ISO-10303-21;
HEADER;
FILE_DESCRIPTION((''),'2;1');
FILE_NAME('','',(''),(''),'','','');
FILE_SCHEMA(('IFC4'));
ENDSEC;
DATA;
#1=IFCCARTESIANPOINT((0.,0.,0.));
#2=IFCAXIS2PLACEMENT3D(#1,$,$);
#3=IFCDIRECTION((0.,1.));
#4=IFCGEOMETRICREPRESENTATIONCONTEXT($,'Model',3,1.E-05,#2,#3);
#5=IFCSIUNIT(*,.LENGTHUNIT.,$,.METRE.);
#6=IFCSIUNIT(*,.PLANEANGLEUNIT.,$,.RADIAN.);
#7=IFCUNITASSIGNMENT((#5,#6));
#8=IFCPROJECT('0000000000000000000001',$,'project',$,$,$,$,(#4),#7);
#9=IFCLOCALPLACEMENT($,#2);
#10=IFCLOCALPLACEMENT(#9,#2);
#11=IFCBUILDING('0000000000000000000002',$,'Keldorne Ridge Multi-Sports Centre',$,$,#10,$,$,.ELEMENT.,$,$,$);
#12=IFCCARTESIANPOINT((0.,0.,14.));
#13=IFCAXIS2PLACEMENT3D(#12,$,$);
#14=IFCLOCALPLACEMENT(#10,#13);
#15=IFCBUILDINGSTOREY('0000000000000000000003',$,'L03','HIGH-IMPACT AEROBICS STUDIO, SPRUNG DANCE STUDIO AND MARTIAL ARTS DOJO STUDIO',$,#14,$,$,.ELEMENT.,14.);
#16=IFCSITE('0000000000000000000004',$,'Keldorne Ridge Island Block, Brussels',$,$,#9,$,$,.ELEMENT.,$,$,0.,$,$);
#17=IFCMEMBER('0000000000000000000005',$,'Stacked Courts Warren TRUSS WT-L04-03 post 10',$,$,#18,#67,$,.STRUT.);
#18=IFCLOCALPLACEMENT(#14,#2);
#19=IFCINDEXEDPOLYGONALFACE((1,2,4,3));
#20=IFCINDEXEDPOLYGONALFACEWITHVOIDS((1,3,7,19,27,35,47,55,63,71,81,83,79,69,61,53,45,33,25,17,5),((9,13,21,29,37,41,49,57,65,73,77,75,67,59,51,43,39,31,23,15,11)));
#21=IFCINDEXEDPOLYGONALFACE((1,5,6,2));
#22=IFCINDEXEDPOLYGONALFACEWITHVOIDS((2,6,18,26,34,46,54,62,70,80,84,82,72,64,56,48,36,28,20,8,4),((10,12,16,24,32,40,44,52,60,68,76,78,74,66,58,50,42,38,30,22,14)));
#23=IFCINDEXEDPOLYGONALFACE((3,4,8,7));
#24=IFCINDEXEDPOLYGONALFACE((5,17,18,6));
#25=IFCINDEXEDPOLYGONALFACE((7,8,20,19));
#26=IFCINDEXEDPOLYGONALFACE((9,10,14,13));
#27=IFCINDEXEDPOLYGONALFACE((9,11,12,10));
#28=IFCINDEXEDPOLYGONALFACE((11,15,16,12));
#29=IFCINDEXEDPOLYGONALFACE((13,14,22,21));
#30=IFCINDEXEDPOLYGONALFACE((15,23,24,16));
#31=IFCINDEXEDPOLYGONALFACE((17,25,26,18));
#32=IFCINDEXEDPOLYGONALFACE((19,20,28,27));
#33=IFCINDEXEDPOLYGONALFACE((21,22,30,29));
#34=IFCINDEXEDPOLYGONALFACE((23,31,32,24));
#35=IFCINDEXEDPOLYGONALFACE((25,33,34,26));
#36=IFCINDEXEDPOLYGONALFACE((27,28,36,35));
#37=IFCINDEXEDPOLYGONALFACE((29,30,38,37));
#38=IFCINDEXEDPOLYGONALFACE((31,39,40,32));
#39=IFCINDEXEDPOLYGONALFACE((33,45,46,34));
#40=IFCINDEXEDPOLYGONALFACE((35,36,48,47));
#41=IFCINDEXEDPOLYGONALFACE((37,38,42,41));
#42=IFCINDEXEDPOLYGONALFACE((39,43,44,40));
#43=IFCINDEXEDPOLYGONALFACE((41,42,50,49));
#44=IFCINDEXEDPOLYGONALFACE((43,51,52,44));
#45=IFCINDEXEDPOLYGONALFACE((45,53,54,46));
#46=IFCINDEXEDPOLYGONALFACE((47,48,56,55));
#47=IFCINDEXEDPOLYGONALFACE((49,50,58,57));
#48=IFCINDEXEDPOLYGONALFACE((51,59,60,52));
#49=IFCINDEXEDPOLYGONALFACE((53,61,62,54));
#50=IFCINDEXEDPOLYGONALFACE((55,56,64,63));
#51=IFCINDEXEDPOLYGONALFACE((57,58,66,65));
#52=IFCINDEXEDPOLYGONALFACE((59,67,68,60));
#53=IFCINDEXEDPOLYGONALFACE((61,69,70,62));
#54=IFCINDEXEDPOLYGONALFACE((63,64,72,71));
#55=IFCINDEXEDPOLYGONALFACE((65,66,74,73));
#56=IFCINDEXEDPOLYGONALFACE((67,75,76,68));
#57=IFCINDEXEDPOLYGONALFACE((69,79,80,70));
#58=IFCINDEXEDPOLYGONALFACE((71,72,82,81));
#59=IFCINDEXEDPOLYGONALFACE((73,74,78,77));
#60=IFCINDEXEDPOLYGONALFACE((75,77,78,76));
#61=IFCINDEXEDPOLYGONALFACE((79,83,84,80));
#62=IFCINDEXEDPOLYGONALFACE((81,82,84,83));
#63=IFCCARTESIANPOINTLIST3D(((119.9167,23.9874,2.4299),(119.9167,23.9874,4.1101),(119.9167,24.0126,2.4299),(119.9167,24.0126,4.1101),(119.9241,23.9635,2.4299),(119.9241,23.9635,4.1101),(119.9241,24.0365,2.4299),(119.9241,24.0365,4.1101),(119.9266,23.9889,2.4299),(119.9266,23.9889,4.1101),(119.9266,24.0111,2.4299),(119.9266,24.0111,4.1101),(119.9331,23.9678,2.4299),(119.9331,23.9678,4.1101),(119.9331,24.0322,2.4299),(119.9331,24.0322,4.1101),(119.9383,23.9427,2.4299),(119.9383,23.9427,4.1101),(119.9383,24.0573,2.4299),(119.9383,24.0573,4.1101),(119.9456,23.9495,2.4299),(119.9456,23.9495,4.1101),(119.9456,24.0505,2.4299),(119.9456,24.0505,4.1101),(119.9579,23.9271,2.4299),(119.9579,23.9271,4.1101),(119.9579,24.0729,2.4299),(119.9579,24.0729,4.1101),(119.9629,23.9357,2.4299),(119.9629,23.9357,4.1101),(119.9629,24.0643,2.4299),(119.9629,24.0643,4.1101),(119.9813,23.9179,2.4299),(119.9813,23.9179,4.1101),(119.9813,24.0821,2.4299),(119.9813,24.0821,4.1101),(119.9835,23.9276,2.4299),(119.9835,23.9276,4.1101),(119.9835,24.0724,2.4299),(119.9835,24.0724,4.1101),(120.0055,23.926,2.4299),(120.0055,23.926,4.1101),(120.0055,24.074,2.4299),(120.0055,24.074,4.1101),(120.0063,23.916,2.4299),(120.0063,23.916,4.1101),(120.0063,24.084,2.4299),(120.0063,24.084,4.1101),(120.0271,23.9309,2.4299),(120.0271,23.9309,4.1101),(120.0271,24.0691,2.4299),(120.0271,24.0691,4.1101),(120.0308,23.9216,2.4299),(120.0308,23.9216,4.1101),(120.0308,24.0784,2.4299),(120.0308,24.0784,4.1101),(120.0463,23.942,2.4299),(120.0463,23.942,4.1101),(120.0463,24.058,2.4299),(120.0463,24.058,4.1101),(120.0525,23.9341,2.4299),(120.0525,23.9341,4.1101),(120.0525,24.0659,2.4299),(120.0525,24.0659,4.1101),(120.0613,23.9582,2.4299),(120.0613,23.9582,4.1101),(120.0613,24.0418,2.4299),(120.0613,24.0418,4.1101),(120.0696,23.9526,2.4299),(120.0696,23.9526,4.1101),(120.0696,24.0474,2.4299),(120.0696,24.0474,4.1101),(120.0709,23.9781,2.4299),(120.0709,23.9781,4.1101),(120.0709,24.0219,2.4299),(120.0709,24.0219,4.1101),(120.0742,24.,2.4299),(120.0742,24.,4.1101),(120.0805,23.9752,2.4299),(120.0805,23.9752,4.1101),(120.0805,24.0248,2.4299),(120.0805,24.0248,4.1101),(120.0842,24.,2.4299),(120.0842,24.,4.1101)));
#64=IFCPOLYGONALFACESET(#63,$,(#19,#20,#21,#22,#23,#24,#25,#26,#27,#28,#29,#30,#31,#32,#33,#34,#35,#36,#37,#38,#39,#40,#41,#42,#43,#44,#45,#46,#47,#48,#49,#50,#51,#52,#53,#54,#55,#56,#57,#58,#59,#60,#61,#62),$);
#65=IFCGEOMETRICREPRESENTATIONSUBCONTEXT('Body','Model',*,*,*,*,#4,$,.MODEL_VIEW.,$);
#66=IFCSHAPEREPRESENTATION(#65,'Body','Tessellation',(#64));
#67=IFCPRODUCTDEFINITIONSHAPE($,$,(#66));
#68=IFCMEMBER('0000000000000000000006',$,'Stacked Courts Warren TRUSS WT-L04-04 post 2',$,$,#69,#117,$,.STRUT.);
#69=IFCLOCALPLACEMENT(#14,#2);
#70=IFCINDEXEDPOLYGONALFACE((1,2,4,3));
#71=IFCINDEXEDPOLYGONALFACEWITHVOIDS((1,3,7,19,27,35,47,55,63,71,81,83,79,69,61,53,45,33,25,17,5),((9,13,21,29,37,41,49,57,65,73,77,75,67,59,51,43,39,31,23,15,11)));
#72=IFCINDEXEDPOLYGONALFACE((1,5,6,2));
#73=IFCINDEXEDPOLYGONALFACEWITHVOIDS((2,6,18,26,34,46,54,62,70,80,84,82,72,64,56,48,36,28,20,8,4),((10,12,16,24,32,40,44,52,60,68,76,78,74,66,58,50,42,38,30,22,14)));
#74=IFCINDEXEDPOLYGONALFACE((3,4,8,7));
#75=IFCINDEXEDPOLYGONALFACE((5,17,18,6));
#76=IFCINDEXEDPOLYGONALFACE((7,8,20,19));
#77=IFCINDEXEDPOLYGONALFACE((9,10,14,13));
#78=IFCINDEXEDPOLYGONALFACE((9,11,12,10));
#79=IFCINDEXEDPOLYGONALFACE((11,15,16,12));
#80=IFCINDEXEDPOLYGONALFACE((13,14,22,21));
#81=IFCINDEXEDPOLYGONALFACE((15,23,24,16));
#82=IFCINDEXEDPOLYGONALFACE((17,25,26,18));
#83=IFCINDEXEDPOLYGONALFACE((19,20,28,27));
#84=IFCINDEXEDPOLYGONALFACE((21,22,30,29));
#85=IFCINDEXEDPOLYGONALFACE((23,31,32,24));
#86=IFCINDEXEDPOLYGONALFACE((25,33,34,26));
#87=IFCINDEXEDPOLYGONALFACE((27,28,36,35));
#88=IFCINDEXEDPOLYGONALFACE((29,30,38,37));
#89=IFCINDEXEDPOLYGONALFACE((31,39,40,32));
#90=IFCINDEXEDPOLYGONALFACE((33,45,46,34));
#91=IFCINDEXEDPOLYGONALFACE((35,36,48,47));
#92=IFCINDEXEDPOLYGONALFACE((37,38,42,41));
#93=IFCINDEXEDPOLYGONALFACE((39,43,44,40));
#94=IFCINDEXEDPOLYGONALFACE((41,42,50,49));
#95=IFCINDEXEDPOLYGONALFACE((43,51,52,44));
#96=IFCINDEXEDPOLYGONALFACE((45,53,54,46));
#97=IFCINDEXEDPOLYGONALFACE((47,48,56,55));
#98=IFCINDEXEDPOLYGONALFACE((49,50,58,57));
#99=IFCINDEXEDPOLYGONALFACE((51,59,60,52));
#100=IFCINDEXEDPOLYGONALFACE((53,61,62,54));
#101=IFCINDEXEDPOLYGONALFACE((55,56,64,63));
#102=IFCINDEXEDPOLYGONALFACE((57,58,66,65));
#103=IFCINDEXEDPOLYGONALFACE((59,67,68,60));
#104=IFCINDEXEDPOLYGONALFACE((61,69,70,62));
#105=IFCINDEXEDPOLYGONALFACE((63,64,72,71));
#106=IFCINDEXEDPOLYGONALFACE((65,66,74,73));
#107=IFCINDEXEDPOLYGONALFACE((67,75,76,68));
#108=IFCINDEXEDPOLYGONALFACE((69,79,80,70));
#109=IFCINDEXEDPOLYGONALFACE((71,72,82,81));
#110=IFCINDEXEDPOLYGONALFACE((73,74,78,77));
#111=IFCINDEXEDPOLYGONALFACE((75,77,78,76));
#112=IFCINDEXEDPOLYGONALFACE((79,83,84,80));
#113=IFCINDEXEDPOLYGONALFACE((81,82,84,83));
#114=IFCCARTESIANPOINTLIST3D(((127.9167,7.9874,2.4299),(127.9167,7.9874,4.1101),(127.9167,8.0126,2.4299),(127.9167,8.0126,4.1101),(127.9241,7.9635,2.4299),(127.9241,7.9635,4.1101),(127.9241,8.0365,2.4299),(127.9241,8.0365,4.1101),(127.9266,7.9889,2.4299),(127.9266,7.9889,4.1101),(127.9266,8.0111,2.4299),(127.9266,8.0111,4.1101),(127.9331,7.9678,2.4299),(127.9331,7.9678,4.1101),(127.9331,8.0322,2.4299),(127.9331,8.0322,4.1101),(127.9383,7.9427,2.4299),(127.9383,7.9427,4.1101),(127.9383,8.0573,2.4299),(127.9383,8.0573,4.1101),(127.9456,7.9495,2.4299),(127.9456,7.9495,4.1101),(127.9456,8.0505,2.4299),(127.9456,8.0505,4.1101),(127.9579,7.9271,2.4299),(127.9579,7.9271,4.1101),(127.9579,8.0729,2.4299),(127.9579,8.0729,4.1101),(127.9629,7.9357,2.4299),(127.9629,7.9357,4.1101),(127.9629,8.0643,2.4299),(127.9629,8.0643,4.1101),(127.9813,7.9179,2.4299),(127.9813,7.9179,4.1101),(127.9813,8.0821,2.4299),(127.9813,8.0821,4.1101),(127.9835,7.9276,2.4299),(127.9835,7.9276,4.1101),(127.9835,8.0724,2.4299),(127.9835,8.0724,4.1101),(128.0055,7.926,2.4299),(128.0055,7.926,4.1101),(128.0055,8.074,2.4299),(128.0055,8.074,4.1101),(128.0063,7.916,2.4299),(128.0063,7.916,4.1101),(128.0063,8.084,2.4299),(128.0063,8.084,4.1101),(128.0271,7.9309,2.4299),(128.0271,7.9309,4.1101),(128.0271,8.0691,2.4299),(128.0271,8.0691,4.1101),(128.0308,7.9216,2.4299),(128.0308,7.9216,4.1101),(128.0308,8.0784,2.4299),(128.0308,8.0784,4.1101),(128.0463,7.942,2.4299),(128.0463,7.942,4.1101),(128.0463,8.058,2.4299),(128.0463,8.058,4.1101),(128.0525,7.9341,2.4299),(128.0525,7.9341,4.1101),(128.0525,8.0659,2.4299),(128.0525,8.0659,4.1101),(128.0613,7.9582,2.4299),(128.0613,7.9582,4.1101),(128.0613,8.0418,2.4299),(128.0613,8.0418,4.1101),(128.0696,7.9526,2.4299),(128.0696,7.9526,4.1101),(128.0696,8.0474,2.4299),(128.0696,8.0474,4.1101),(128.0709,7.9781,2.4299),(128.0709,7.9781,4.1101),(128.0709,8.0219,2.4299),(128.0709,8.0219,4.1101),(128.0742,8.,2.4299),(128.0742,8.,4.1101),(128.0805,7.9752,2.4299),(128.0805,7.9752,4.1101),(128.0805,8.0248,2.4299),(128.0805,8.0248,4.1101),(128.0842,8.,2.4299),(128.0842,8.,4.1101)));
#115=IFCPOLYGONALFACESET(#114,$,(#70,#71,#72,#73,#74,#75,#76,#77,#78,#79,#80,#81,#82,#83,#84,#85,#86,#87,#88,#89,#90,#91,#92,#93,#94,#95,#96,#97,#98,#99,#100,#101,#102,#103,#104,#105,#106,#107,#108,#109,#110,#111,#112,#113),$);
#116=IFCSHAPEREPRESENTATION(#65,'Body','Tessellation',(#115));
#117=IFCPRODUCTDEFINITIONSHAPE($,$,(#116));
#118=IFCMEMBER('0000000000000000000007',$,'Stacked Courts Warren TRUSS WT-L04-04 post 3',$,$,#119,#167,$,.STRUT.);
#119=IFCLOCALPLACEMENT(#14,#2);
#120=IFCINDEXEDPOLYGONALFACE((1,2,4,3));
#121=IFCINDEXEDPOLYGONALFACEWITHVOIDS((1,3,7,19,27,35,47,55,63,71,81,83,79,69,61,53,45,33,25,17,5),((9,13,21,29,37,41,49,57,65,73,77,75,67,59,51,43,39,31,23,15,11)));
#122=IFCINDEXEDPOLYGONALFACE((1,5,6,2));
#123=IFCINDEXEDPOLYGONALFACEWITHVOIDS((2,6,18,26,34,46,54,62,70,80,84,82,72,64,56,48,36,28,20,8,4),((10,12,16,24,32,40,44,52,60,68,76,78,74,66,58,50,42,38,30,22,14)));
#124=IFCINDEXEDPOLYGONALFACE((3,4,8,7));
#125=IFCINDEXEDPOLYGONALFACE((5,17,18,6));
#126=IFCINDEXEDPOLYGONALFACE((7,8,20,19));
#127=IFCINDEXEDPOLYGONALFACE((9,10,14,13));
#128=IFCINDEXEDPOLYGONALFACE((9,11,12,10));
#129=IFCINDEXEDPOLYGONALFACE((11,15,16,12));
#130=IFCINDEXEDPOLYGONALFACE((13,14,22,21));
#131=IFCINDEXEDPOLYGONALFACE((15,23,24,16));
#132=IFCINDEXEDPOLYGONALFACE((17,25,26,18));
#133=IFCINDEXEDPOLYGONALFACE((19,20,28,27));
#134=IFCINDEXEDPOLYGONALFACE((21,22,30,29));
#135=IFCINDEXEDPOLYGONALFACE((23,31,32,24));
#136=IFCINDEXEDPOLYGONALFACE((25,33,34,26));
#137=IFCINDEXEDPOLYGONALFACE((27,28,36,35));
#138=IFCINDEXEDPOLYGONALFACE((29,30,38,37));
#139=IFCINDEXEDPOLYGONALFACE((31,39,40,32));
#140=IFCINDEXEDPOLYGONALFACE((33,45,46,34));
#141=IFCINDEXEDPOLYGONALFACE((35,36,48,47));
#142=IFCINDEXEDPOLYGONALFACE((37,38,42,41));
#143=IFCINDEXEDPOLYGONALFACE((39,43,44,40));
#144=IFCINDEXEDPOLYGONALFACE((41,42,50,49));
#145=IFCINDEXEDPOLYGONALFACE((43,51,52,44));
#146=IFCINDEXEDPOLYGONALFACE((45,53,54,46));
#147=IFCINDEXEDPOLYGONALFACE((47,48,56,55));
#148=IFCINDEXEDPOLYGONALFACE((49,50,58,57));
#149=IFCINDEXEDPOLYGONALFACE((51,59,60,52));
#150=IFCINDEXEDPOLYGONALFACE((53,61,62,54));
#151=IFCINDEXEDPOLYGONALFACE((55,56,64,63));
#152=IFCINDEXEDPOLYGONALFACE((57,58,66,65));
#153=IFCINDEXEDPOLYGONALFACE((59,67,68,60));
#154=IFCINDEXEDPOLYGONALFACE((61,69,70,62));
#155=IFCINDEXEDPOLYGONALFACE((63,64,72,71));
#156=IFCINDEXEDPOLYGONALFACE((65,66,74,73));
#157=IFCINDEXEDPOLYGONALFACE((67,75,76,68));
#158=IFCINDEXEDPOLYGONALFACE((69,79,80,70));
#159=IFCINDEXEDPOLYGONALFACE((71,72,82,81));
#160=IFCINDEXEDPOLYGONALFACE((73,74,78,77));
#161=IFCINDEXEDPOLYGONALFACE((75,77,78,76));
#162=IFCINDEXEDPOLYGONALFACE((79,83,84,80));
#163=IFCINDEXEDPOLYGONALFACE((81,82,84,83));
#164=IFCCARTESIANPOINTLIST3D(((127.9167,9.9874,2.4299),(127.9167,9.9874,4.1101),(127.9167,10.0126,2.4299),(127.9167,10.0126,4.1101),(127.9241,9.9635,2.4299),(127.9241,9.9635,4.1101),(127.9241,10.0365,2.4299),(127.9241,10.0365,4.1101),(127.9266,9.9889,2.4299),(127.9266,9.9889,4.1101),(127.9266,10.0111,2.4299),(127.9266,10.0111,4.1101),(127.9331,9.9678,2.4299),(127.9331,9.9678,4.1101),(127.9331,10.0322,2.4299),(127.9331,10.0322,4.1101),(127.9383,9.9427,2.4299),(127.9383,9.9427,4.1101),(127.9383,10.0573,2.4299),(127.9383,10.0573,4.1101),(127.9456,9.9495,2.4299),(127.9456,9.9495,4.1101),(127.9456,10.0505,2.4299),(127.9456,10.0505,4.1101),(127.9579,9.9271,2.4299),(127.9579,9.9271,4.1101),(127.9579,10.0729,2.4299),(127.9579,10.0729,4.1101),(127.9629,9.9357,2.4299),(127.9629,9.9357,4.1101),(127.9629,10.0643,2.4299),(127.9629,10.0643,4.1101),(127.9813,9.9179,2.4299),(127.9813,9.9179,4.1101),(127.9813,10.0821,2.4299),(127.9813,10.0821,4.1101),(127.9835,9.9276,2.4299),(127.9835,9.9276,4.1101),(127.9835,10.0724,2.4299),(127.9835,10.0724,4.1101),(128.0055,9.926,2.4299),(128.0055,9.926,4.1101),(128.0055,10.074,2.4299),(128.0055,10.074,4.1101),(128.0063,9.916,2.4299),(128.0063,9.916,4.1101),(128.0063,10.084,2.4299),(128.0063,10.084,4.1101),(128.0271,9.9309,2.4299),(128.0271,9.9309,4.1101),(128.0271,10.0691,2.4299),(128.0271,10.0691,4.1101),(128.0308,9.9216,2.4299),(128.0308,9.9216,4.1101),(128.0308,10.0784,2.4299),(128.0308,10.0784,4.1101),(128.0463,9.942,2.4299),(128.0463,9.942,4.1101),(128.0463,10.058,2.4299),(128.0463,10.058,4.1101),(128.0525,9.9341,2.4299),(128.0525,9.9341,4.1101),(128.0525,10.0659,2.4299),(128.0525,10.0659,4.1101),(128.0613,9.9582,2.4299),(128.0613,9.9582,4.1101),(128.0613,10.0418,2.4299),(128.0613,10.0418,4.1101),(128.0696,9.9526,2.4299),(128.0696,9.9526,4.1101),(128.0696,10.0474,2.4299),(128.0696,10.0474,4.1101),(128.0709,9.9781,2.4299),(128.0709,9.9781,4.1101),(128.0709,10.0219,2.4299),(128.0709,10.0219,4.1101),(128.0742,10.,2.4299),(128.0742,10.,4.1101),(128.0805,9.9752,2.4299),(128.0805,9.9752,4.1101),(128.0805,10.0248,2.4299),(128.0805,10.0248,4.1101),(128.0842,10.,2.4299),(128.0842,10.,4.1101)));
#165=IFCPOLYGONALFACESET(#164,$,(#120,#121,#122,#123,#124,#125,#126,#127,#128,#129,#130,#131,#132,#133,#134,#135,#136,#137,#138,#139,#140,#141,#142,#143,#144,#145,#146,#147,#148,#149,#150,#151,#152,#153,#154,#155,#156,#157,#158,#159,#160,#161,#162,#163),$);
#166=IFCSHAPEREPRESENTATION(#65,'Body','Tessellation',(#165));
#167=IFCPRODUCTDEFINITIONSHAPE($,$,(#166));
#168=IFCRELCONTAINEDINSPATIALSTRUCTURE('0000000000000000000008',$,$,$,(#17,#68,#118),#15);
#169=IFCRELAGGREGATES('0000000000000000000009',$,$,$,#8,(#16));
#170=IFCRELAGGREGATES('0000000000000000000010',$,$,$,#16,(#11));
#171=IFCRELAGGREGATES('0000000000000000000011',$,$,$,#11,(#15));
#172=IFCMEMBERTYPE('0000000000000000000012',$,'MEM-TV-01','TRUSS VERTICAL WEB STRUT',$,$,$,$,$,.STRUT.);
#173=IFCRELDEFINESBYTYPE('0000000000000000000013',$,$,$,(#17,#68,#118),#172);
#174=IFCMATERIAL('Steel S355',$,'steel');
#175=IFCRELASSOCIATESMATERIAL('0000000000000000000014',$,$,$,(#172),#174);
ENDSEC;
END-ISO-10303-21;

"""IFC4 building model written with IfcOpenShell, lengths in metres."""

from ifc_helpers import new_model, si_unit, direction, frame, origin, origin_2d, place, context, subcontext, project, spatial, hollow_circle, extrude, material, material_profile, profile_set, type_object, element, save


model = new_model("IFC4")

# Units and contexts
model_context = context("Model", 3, precision=1e-05, world=origin(), true_north=direction((0.0, 1.0)))
body_context = subcontext(model_context, "Body", "Model", "MODEL_VIEW")
ifc_project = project(units=[si_unit("LENGTHUNIT", "METRE"), si_unit("PLANEANGLEUNIT", "RADIAN")], contexts=[model_context])

# Site, building, storey
site_placement = place(None, origin())
site = spatial("IfcSite", under=ifc_project, at=site_placement, Name="Keldorne Ridge Island Block, Brussels", CompositionType="ELEMENT", RefElevation=0.0)
building_placement = place(site_placement, origin())
building = spatial("IfcBuilding", under=site, at=building_placement, Name="Keldorne Ridge Multi-Sports Centre", CompositionType="ELEMENT")
storey_placement = place(building_placement, frame((0.0, 0.0, 14.0)))
storey = spatial("IfcBuildingStorey", under=building, at=storey_placement, Name="L03", Description="HIGH-IMPACT AEROBICS STUDIO, SPRUNG DANCE STUDIO AND MARTIAL ARTS DOJO STUDIO", CompositionType="ELEMENT", Elevation=14.0)

# Members
ifc_material = material(Name="Steel S355", Category="steel")
ifc_material_profile_1 = material_profile(ifc_material, hollow_circle(Radius=0.0842, WallThickness=0.01, at=origin_2d()), Name="CHS 168.3x10")
ifc_profile_set_1 = profile_set([ifc_material_profile_1], Name="Steel S355")
member_type_1 = type_object("IfcMemberType", Name="MEM-TV-01", Description="TRUSS VERTICAL WEB STRUT", PredefinedType="STRUT", material=ifc_profile_set_1)
for number, where, z_axis, x_axis, name in (
    (1, (120.0, 24.0, 2.4299), (0.0, 0.0, 1.0), (1.0, 0.0, 0.0), "Stacked Courts Warren TRUSS WT-L04-03 post 10"),
    (2, (128.0, 8.0, 2.4299), (0.0, 0.0, 1.0), (1.0, 0.0, 0.0), "Stacked Courts Warren TRUSS WT-L04-04 post 2"),
    (3, (128.0, 10.0, 2.4299), (0.0, 0.0, 1.0), (1.0, 0.0, 0.0), "Stacked Courts Warren TRUSS WT-L04-04 post 3"),
):
    element("IfcMember", number, at=place(storey_placement, frame(where, z_axis=z_axis, x_axis=x_axis)), inside=storey, type_object=member_type_1, Name=name, PredefinedType="STRUT", context=body_context, shape_type="SweptSolid", body=[
        extrude(hollow_circle(Radius=0.0842, WallThickness=0.01, at=origin_2d()), origin(), (0.0, 0.0, 1.0), 1.6802),
    ])

save(model, "model.ifc")
